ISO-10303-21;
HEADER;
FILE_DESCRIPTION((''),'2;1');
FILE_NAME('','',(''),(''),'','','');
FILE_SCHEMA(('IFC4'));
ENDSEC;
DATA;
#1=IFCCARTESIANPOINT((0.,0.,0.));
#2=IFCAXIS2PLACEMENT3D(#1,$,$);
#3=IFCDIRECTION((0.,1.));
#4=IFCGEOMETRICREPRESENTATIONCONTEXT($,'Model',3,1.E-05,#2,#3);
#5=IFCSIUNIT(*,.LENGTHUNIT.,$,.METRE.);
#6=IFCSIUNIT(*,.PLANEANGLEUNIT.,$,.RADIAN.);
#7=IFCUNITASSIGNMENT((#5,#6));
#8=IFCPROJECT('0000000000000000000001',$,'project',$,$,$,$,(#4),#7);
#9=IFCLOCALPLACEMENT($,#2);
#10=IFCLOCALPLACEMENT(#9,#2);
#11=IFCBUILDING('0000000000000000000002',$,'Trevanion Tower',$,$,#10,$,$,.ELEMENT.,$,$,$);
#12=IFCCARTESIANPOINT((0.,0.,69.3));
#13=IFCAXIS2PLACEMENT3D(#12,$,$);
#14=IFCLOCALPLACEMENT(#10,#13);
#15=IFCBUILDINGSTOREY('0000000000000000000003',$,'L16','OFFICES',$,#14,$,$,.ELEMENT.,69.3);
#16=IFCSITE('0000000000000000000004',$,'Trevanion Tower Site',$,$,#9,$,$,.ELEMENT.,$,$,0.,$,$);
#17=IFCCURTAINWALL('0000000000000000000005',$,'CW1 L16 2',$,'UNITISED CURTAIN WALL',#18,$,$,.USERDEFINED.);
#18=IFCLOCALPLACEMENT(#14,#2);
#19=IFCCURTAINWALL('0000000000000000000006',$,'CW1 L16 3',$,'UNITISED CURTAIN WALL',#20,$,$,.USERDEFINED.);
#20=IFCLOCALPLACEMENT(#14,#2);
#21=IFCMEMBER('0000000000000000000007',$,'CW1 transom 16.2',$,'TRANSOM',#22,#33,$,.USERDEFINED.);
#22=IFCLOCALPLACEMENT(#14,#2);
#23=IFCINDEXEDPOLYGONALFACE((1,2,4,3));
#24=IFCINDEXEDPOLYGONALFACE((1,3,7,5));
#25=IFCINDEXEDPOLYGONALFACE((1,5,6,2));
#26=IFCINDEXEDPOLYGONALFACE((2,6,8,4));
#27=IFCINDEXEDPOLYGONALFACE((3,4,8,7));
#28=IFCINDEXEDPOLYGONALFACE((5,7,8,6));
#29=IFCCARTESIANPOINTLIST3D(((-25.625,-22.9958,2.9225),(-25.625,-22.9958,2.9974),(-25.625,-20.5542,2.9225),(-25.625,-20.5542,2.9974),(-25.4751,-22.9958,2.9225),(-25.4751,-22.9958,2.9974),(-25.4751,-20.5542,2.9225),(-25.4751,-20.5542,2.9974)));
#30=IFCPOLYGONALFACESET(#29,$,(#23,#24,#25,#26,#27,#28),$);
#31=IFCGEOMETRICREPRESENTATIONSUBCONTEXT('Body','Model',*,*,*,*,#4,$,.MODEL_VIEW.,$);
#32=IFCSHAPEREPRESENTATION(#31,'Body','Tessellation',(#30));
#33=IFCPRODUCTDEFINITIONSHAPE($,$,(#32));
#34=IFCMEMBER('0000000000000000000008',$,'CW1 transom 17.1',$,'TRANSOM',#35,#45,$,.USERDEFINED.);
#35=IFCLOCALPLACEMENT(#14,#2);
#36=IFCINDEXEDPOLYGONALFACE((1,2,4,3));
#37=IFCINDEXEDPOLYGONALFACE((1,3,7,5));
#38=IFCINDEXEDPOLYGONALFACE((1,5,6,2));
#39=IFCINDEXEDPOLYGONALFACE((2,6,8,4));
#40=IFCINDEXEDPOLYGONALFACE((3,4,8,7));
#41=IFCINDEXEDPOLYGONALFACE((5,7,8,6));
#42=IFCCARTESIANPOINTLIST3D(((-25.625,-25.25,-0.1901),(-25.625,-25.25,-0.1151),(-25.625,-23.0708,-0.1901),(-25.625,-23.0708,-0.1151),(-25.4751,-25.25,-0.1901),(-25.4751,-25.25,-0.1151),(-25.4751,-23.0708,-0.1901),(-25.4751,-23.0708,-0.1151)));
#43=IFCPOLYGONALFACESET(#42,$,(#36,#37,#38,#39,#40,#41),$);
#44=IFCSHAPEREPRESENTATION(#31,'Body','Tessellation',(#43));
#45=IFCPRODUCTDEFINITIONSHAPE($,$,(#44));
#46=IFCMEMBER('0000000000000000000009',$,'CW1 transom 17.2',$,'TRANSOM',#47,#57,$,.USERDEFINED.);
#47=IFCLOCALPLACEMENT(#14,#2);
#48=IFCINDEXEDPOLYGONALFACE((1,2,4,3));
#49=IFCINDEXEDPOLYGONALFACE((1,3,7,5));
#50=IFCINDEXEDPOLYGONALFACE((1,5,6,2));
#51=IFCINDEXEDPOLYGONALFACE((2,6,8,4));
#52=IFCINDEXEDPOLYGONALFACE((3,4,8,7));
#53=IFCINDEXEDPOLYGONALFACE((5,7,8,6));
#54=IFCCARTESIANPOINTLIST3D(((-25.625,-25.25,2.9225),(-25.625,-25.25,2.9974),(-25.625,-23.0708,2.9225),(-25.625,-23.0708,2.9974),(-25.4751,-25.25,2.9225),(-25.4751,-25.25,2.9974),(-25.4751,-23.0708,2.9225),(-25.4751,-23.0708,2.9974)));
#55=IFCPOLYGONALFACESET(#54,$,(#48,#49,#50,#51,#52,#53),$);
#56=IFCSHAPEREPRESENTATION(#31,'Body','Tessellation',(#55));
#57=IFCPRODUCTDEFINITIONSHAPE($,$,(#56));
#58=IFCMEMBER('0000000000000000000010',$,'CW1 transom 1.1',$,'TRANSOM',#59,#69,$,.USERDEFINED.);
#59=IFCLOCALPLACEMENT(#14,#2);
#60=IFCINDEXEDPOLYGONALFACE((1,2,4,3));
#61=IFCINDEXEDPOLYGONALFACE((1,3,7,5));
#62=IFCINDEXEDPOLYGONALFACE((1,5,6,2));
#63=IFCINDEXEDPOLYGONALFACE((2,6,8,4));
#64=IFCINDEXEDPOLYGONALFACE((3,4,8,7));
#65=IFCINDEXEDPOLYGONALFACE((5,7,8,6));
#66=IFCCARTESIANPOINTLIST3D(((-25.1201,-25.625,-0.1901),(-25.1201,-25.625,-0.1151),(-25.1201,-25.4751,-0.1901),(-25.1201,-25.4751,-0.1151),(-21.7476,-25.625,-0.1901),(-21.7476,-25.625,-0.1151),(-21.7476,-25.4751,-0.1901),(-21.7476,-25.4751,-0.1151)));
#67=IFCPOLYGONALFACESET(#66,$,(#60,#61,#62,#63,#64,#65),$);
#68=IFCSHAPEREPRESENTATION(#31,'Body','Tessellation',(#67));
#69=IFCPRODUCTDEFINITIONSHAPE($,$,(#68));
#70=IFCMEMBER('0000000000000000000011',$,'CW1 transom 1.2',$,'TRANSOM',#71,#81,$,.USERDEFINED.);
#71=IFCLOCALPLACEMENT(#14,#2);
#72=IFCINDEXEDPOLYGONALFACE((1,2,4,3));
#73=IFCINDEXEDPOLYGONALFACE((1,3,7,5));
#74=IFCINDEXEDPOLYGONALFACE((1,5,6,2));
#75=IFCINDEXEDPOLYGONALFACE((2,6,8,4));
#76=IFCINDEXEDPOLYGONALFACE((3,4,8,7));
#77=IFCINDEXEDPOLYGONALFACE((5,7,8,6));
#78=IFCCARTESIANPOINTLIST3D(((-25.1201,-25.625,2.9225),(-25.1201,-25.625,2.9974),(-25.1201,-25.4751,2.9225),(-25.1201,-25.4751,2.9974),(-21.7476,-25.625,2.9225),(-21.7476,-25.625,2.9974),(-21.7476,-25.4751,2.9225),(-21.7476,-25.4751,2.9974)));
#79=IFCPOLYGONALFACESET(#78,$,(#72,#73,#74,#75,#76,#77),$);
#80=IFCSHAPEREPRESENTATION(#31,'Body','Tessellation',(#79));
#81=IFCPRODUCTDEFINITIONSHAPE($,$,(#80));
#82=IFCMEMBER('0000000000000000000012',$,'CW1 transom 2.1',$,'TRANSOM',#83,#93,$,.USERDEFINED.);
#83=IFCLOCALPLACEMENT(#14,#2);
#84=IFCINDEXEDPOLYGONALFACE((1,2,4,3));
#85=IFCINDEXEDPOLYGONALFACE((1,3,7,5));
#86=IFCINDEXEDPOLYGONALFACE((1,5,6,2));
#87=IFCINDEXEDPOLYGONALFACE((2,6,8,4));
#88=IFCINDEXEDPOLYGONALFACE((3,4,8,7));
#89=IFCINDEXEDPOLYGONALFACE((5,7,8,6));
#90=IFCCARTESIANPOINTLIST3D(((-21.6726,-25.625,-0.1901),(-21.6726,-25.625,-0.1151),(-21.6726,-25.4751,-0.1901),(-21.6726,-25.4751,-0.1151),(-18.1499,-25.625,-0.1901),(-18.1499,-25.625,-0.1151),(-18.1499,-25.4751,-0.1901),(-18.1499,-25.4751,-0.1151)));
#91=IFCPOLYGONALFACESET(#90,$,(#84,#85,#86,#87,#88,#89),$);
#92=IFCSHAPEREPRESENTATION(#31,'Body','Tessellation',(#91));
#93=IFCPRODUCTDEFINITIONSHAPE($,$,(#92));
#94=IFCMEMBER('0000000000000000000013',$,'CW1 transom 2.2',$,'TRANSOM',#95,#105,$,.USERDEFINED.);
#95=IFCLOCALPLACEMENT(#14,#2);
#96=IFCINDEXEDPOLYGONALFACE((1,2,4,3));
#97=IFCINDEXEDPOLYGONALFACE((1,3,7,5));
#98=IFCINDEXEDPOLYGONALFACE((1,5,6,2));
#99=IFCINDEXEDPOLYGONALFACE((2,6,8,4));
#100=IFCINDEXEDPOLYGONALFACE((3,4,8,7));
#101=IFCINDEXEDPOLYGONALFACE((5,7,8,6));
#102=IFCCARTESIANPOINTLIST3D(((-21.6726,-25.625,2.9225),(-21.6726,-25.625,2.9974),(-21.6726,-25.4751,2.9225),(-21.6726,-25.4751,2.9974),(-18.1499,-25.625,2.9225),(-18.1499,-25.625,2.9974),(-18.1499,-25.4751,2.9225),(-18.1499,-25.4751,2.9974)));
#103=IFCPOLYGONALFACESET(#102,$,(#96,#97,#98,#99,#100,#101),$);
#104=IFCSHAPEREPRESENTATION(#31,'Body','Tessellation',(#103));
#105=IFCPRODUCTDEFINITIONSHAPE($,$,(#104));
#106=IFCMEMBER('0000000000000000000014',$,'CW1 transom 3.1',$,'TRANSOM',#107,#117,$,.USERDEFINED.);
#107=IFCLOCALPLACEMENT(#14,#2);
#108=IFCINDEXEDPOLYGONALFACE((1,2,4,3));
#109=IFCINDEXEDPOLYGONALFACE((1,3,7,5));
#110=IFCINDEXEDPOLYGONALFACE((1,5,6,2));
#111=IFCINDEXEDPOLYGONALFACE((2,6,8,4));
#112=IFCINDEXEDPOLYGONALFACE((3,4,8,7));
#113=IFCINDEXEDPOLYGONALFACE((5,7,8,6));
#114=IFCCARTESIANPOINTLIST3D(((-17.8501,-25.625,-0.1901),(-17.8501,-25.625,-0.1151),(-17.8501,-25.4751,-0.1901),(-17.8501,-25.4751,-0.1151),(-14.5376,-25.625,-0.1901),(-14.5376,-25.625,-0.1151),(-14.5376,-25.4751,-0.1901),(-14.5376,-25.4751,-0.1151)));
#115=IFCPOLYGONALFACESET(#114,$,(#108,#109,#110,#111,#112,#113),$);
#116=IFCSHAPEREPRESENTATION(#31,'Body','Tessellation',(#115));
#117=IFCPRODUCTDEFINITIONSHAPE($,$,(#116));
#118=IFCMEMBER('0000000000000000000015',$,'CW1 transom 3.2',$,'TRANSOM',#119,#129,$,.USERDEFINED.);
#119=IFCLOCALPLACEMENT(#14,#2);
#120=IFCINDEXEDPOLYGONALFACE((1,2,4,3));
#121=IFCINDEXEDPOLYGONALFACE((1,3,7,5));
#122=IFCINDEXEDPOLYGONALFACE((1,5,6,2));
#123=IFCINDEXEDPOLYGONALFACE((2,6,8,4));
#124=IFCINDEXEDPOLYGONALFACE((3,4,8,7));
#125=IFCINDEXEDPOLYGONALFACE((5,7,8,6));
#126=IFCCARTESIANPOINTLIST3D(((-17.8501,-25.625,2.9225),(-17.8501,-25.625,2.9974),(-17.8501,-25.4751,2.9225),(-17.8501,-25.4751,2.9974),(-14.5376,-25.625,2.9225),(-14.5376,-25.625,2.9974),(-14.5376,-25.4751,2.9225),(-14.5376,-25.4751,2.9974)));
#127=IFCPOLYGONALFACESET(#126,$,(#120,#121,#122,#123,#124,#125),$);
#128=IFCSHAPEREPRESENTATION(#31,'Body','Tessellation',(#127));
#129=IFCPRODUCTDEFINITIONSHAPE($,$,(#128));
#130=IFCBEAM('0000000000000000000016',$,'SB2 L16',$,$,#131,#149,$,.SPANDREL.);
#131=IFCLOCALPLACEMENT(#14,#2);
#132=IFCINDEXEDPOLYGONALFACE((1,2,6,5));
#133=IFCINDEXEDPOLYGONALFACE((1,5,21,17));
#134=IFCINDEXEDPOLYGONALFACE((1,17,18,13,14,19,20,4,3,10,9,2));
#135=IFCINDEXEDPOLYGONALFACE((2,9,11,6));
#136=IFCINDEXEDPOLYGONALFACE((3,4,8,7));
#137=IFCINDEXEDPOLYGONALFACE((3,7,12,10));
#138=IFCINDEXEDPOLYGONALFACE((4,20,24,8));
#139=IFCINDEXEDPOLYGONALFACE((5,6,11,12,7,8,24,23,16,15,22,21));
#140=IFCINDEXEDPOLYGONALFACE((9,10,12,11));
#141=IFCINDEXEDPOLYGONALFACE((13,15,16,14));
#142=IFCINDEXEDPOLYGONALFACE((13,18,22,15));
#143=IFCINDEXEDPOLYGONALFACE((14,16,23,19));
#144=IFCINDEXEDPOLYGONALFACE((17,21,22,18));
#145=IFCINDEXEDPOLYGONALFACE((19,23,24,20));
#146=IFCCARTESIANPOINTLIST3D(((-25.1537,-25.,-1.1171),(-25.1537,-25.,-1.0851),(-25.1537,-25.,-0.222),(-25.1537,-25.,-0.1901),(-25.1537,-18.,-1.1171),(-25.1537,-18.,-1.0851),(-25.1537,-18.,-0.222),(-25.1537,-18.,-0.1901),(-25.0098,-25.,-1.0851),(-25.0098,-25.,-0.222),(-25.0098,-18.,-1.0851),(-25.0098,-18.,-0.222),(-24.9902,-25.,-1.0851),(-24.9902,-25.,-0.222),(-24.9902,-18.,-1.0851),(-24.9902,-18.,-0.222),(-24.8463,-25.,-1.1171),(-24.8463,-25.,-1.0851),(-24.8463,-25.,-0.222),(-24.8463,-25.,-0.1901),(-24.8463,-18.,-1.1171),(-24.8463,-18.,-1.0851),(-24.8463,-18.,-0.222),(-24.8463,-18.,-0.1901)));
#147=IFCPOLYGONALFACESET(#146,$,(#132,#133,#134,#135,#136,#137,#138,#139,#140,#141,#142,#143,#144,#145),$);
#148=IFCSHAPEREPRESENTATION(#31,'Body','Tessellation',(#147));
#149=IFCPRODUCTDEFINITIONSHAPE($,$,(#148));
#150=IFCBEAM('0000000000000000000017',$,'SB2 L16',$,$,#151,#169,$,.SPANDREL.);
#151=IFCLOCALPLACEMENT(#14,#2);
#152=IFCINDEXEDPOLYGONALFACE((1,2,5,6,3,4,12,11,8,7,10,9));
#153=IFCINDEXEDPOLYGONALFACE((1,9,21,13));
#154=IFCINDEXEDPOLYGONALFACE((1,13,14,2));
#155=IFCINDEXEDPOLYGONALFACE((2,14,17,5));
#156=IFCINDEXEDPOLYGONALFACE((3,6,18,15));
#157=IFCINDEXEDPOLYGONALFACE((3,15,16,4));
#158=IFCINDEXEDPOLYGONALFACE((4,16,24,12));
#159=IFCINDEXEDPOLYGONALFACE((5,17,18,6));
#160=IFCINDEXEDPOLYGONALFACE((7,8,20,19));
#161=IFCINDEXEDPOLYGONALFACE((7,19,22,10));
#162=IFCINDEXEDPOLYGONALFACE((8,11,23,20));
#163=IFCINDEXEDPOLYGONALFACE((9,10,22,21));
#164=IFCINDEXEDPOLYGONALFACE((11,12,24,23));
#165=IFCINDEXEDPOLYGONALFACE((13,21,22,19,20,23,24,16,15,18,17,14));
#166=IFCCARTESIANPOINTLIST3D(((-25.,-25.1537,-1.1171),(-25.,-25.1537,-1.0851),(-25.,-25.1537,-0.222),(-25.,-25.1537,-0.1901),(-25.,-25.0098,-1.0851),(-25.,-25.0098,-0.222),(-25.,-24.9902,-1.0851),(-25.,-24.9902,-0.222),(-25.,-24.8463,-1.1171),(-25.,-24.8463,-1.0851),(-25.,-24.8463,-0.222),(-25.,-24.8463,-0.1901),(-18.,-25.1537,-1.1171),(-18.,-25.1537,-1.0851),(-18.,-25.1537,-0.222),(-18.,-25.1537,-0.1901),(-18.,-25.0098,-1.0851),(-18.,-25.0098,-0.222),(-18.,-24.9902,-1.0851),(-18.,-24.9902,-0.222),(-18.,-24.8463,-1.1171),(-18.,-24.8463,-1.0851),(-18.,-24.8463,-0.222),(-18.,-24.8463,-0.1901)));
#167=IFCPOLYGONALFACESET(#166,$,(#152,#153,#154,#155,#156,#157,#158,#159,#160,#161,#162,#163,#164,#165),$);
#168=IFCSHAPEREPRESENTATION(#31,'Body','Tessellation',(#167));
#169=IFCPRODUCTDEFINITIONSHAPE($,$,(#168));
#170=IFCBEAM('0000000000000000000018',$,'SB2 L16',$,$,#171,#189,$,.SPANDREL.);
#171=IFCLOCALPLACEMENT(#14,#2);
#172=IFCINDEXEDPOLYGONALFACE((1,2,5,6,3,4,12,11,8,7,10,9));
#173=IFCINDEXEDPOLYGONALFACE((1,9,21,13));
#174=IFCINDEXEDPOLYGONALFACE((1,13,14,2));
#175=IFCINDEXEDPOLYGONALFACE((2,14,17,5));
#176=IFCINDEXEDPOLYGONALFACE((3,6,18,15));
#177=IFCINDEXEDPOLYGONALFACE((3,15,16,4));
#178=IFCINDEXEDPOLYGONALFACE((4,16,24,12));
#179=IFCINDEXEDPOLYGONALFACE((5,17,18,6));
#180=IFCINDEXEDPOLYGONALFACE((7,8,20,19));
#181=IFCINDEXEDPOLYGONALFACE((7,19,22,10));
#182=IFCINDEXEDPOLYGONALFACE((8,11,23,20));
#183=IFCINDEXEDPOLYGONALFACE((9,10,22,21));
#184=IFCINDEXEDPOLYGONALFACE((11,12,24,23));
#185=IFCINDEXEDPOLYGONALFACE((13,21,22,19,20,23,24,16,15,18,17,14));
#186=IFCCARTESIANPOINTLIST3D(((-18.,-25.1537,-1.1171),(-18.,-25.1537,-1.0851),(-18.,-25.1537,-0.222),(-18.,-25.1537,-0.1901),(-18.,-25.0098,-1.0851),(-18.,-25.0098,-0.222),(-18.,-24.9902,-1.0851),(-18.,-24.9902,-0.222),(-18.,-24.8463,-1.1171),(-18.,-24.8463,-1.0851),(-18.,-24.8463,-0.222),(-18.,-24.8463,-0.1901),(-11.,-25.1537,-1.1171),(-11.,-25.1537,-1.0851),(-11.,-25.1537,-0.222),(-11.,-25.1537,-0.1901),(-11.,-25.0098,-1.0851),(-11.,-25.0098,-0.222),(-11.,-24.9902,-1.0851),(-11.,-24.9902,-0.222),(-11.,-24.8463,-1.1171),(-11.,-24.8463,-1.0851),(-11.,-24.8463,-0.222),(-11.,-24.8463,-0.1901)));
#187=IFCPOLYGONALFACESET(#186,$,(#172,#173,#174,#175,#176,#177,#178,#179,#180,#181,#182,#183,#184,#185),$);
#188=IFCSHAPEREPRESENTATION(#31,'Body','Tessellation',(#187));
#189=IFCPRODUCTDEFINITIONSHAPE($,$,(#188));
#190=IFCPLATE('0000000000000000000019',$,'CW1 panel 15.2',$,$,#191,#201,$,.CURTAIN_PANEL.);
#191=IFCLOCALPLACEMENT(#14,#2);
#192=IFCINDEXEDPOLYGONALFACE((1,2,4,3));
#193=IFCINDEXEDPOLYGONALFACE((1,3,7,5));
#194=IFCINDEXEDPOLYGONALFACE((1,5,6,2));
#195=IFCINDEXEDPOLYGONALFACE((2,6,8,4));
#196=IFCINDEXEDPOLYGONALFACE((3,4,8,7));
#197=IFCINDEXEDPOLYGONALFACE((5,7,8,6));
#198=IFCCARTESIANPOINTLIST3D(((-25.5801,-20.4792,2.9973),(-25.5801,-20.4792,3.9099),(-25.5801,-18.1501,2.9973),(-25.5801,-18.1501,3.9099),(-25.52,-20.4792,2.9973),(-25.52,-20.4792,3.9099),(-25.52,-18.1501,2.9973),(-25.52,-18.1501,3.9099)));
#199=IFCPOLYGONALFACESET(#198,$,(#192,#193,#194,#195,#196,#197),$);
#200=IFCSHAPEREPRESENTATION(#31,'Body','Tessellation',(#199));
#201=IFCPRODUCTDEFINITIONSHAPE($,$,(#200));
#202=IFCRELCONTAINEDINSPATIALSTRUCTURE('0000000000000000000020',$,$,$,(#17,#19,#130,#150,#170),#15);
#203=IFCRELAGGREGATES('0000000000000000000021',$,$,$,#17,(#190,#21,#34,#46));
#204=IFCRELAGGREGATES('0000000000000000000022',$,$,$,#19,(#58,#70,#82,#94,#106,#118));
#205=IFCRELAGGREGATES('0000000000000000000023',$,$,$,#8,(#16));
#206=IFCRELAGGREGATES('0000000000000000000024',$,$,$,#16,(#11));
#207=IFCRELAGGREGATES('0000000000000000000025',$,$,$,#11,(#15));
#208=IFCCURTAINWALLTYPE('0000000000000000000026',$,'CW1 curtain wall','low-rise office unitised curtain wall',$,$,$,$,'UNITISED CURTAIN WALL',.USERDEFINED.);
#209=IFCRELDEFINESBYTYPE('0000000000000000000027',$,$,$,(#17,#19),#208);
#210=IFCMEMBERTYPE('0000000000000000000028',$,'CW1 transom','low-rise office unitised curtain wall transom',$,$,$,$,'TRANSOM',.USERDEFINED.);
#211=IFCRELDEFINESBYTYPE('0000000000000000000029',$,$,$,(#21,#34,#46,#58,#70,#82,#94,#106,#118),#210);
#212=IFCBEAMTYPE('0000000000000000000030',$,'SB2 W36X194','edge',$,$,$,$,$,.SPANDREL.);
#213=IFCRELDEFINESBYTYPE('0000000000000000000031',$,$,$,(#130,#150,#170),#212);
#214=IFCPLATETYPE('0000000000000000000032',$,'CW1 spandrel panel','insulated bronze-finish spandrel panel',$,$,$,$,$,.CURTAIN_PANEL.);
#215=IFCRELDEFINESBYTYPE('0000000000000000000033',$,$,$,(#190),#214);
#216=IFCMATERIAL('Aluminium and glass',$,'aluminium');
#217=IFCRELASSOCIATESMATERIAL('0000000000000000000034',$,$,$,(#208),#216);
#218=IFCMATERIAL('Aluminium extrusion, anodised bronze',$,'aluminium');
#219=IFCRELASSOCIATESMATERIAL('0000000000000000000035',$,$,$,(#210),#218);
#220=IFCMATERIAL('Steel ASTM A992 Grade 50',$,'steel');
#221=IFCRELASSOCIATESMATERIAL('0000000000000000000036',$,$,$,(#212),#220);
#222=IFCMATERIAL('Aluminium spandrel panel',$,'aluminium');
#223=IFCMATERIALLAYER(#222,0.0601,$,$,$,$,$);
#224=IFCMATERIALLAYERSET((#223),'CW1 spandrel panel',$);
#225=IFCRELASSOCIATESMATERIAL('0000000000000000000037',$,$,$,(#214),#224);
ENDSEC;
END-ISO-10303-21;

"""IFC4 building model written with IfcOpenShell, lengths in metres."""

from ifc_helpers import new_model, si_unit, direction, frame, origin, origin_2d, place, context, subcontext, project, spatial, rectangle, i_section, extrude, material, layer, layer_set, material_profile, profile_set, type_object, element, aggregate, save


model = new_model("IFC4")

# Units and contexts
model_context = context("Model", 3, precision=1e-05, world=origin(), true_north=direction((0.0, 1.0)))
body_context = subcontext(model_context, "Body", "Model", "MODEL_VIEW")
ifc_project = project(units=[si_unit("LENGTHUNIT", "METRE"), si_unit("PLANEANGLEUNIT", "RADIAN")], contexts=[model_context])

# Site, building, storey
site_placement = place(None, origin())
site = spatial("IfcSite", under=ifc_project, at=site_placement, Name="Trevanion Tower Site", CompositionType="ELEMENT", RefElevation=0.0)
building_placement = place(site_placement, origin())
building = spatial("IfcBuilding", under=site, at=building_placement, Name="Trevanion Tower", CompositionType="ELEMENT")
storey_placement = place(building_placement, frame((0.0, 0.0, 69.3)))
storey = spatial("IfcBuildingStorey", under=building, at=storey_placement, Name="L16", Description="OFFICES", CompositionType="ELEMENT", Elevation=69.3)

# Curtain wall
ifc_material_1 = material(Name="Aluminium and glass", Category="aluminium")
curtain_wall_type = type_object("IfcCurtainWallType", Name="CW1 curtain wall", Description="low-rise office unitised curtain wall", ElementType="UNITISED CURTAIN WALL", PredefinedType="USERDEFINED", material=ifc_material_1)
curtain_wall_1_placement = place(storey_placement, origin())
curtain_wall_1 = element("IfcCurtainWall", 1, at=curtain_wall_1_placement, inside=storey, type_object=curtain_wall_type, Name="CW1 L16 2", ObjectType="UNITISED CURTAIN WALL", PredefinedType="USERDEFINED")

# Curtain wall
curtain_wall_2_placement = place(storey_placement, origin())
curtain_wall_2 = element("IfcCurtainWall", 2, at=curtain_wall_2_placement, inside=storey, type_object=curtain_wall_type, Name="CW1 L16 3", ObjectType="UNITISED CURTAIN WALL", PredefinedType="USERDEFINED")

# Members
ifc_material_2 = material(Name="Aluminium extrusion, anodised bronze", Category="aluminium")
ifc_material_profile_1 = material_profile(ifc_material_2, rectangle(XDim=0.1499, YDim=0.075, at=origin_2d()), Name="CW1 transom")
ifc_profile_set_1 = profile_set([ifc_material_profile_1], Name="Aluminium extrusion, anodised bronze")
member_type_1 = type_object("IfcMemberType", Name="CW1 transom", Description="low-rise office unitised curtain wall transom", ElementType="TRANSOM", PredefinedType="USERDEFINED", material=ifc_profile_set_1)
member_1_placement = place(storey_placement, frame((-25.55, -20.5542, 2.96), z_axis=(0.0, -1.0, 0.0), x_axis=(1.0, 0.0, 0.0)))
member_1 = element("IfcMember", 3, at=member_1_placement, type_object=member_type_1, Name="CW1 transom 16.2", ObjectType="TRANSOM", PredefinedType="USERDEFINED", context=body_context, shape_type="SweptSolid", body=[
    extrude(rectangle(XDim=0.1499, YDim=0.075, at=origin_2d()), origin(), (0.0, 0.0, 1.0), 2.4417),
])
member_2_placement = place(storey_placement, frame((-25.55, -23.0708, -0.1526), z_axis=(0.0, -1.0, 0.0), x_axis=(1.0, 0.0, 0.0)))
member_2 = element("IfcMember", 4, at=member_2_placement, type_object=member_type_1, Name="CW1 transom 17.1", ObjectType="TRANSOM", PredefinedType="USERDEFINED", context=body_context, shape_type="SweptSolid", body=[
    extrude(rectangle(XDim=0.1499, YDim=0.075, at=origin_2d()), origin(), (0.0, 0.0, 1.0), 2.1792),
])
member_3_placement = place(storey_placement, frame((-25.55, -23.0708, 2.96), z_axis=(0.0, -1.0, 0.0), x_axis=(1.0, 0.0, 0.0)))
member_3 = element("IfcMember", 5, at=member_3_placement, type_object=member_type_1, Name="CW1 transom 17.2", ObjectType="TRANSOM", PredefinedType="USERDEFINED", context=body_context, shape_type="SweptSolid", body=[
    extrude(rectangle(XDim=0.1499, YDim=0.075, at=origin_2d()), origin(), (0.0, 0.0, 1.0), 2.1792),
])
member_4_placement = place(storey_placement, frame((-25.1201, -25.55, -0.1526), z_axis=(1.0, 0.0, 0.0), x_axis=(0.0, 1.0, 0.0)))
member_4 = element("IfcMember", 6, at=member_4_placement, type_object=member_type_1, Name="CW1 transom 1.1", ObjectType="TRANSOM", PredefinedType="USERDEFINED", context=body_context, shape_type="SweptSolid", body=[
    extrude(rectangle(XDim=0.1499, YDim=0.075, at=origin_2d()), origin(), (0.0, 0.0, 1.0), 3.3726),
])
member_5_placement = place(storey_placement, frame((-25.1201, -25.55, 2.96), z_axis=(1.0, 0.0, 0.0), x_axis=(0.0, 1.0, 0.0)))
member_5 = element("IfcMember", 7, at=member_5_placement, type_object=member_type_1, Name="CW1 transom 1.2", ObjectType="TRANSOM", PredefinedType="USERDEFINED", context=body_context, shape_type="SweptSolid", body=[
    extrude(rectangle(XDim=0.1499, YDim=0.075, at=origin_2d()), origin(), (0.0, 0.0, 1.0), 3.3726),
])
member_6_placement = place(storey_placement, frame((-21.6726, -25.55, -0.1526), z_axis=(1.0, 0.0, 0.0), x_axis=(0.0, 1.0, 0.0)))
member_6 = element("IfcMember", 8, at=member_6_placement, type_object=member_type_1, Name="CW1 transom 2.1", ObjectType="TRANSOM", PredefinedType="USERDEFINED", context=body_context, shape_type="SweptSolid", body=[
    extrude(rectangle(XDim=0.1499, YDim=0.075, at=origin_2d()), origin(), (0.0, 0.0, 1.0), 3.5227),
])
member_7_placement = place(storey_placement, frame((-21.6726, -25.55, 2.96), z_axis=(1.0, 0.0, 0.0), x_axis=(0.0, 1.0, 0.0)))
member_7 = element("IfcMember", 9, at=member_7_placement, type_object=member_type_1, Name="CW1 transom 2.2", ObjectType="TRANSOM", PredefinedType="USERDEFINED", context=body_context, shape_type="SweptSolid", body=[
    extrude(rectangle(XDim=0.1499, YDim=0.075, at=origin_2d()), origin(), (0.0, 0.0, 1.0), 3.5227),
])
member_8_placement = place(storey_placement, frame((-17.8501, -25.55, -0.1526), z_axis=(1.0, 0.0, 0.0), x_axis=(0.0, 1.0, 0.0)))
member_8 = element("IfcMember", 10, at=member_8_placement, type_object=member_type_1, Name="CW1 transom 3.1", ObjectType="TRANSOM", PredefinedType="USERDEFINED", context=body_context, shape_type="SweptSolid", body=[
    extrude(rectangle(XDim=0.1499, YDim=0.075, at=origin_2d()), origin(), (0.0, 0.0, 1.0), 3.3125),
])
member_9_placement = place(storey_placement, frame((-17.8501, -25.55, 2.96), z_axis=(1.0, 0.0, 0.0), x_axis=(0.0, 1.0, 0.0)))
member_9 = element("IfcMember", 11, at=member_9_placement, type_object=member_type_1, Name="CW1 transom 3.2", ObjectType="TRANSOM", PredefinedType="USERDEFINED", context=body_context, shape_type="SweptSolid", body=[
    extrude(rectangle(XDim=0.1499, YDim=0.075, at=origin_2d()), origin(), (0.0, 0.0, 1.0), 3.3125),
])

# Beams
ifc_material_3 = material(Name="Steel ASTM A992 Grade 50", Category="steel")
ifc_material_profile_2 = material_profile(ifc_material_3, i_section(OverallWidth=0.3074, OverallDepth=0.927, WebThickness=0.0195, FlangeThickness=0.032, at=origin_2d()), Name="W36X194")
ifc_profile_set_2 = profile_set([ifc_material_profile_2], Name="Steel ASTM A992 Grade 50")
beam_type = type_object("IfcBeamType", Name="SB2 W36X194", Description="edge", PredefinedType="SPANDREL", material=ifc_profile_set_2)
for number, where, z_axis, x_axis, name in (
    (12, (-25.0, -18.0, -0.6536), (0.0, -1.0, 0.0), (1.0, 0.0, 0.0), "SB2 L16"),
    (13, (-25.0, -25.0, -0.6536), (1.0, 0.0, 0.0), (0.0, 1.0, 0.0), "SB2 L16"),
    (14, (-18.0, -25.0, -0.6536), (1.0, 0.0, 0.0), (0.0, 1.0, 0.0), "SB2 L16"),
):
    element("IfcBeam", number, at=place(storey_placement, frame(where, z_axis=z_axis, x_axis=x_axis)), inside=storey, type_object=beam_type, Name=name, PredefinedType="SPANDREL", context=body_context, shape_type="SweptSolid", body=[
        extrude(i_section(OverallWidth=0.3074, OverallDepth=0.927, WebThickness=0.0195, FlangeThickness=0.032, at=origin_2d()), origin(), (0.0, 0.0, 1.0), 7.0),
    ])

# Plate
ifc_material_4 = material(Name="Aluminium spandrel panel", Category="aluminium")
ifc_layer_1 = layer(ifc_material_4, 0.0601)
ifc_layer_set_1 = layer_set([ifc_layer_1], Name="CW1 spandrel panel")
plate_type_1 = type_object("IfcPlateType", Name="CW1 spandrel panel", Description="insulated bronze-finish spandrel panel", PredefinedType="CURTAIN_PANEL", material=ifc_layer_set_1)
plate_1_placement = place(storey_placement, frame((-25.55, -19.3147, 2.9973), z_axis=(0.0, 0.0, 1.0), x_axis=(0.0, -1.0, 0.0)))
plate_1 = element("IfcPlate", 15, at=plate_1_placement, type_object=plate_type_1, Name="CW1 panel 15.2", PredefinedType="CURTAIN_PANEL", context=body_context, shape_type="SweptSolid", body=[
    extrude(rectangle(XDim=2.3291, YDim=0.0601, at=origin_2d()), origin(), (0.0, 0.0, 1.0), 0.9126),
])
aggregate(curtain_wall_1, [plate_1, member_1, member_2, member_3])
aggregate(curtain_wall_2, [member_4, member_5, member_6, member_7, member_8, member_9])

save(model, "model.ifc")
